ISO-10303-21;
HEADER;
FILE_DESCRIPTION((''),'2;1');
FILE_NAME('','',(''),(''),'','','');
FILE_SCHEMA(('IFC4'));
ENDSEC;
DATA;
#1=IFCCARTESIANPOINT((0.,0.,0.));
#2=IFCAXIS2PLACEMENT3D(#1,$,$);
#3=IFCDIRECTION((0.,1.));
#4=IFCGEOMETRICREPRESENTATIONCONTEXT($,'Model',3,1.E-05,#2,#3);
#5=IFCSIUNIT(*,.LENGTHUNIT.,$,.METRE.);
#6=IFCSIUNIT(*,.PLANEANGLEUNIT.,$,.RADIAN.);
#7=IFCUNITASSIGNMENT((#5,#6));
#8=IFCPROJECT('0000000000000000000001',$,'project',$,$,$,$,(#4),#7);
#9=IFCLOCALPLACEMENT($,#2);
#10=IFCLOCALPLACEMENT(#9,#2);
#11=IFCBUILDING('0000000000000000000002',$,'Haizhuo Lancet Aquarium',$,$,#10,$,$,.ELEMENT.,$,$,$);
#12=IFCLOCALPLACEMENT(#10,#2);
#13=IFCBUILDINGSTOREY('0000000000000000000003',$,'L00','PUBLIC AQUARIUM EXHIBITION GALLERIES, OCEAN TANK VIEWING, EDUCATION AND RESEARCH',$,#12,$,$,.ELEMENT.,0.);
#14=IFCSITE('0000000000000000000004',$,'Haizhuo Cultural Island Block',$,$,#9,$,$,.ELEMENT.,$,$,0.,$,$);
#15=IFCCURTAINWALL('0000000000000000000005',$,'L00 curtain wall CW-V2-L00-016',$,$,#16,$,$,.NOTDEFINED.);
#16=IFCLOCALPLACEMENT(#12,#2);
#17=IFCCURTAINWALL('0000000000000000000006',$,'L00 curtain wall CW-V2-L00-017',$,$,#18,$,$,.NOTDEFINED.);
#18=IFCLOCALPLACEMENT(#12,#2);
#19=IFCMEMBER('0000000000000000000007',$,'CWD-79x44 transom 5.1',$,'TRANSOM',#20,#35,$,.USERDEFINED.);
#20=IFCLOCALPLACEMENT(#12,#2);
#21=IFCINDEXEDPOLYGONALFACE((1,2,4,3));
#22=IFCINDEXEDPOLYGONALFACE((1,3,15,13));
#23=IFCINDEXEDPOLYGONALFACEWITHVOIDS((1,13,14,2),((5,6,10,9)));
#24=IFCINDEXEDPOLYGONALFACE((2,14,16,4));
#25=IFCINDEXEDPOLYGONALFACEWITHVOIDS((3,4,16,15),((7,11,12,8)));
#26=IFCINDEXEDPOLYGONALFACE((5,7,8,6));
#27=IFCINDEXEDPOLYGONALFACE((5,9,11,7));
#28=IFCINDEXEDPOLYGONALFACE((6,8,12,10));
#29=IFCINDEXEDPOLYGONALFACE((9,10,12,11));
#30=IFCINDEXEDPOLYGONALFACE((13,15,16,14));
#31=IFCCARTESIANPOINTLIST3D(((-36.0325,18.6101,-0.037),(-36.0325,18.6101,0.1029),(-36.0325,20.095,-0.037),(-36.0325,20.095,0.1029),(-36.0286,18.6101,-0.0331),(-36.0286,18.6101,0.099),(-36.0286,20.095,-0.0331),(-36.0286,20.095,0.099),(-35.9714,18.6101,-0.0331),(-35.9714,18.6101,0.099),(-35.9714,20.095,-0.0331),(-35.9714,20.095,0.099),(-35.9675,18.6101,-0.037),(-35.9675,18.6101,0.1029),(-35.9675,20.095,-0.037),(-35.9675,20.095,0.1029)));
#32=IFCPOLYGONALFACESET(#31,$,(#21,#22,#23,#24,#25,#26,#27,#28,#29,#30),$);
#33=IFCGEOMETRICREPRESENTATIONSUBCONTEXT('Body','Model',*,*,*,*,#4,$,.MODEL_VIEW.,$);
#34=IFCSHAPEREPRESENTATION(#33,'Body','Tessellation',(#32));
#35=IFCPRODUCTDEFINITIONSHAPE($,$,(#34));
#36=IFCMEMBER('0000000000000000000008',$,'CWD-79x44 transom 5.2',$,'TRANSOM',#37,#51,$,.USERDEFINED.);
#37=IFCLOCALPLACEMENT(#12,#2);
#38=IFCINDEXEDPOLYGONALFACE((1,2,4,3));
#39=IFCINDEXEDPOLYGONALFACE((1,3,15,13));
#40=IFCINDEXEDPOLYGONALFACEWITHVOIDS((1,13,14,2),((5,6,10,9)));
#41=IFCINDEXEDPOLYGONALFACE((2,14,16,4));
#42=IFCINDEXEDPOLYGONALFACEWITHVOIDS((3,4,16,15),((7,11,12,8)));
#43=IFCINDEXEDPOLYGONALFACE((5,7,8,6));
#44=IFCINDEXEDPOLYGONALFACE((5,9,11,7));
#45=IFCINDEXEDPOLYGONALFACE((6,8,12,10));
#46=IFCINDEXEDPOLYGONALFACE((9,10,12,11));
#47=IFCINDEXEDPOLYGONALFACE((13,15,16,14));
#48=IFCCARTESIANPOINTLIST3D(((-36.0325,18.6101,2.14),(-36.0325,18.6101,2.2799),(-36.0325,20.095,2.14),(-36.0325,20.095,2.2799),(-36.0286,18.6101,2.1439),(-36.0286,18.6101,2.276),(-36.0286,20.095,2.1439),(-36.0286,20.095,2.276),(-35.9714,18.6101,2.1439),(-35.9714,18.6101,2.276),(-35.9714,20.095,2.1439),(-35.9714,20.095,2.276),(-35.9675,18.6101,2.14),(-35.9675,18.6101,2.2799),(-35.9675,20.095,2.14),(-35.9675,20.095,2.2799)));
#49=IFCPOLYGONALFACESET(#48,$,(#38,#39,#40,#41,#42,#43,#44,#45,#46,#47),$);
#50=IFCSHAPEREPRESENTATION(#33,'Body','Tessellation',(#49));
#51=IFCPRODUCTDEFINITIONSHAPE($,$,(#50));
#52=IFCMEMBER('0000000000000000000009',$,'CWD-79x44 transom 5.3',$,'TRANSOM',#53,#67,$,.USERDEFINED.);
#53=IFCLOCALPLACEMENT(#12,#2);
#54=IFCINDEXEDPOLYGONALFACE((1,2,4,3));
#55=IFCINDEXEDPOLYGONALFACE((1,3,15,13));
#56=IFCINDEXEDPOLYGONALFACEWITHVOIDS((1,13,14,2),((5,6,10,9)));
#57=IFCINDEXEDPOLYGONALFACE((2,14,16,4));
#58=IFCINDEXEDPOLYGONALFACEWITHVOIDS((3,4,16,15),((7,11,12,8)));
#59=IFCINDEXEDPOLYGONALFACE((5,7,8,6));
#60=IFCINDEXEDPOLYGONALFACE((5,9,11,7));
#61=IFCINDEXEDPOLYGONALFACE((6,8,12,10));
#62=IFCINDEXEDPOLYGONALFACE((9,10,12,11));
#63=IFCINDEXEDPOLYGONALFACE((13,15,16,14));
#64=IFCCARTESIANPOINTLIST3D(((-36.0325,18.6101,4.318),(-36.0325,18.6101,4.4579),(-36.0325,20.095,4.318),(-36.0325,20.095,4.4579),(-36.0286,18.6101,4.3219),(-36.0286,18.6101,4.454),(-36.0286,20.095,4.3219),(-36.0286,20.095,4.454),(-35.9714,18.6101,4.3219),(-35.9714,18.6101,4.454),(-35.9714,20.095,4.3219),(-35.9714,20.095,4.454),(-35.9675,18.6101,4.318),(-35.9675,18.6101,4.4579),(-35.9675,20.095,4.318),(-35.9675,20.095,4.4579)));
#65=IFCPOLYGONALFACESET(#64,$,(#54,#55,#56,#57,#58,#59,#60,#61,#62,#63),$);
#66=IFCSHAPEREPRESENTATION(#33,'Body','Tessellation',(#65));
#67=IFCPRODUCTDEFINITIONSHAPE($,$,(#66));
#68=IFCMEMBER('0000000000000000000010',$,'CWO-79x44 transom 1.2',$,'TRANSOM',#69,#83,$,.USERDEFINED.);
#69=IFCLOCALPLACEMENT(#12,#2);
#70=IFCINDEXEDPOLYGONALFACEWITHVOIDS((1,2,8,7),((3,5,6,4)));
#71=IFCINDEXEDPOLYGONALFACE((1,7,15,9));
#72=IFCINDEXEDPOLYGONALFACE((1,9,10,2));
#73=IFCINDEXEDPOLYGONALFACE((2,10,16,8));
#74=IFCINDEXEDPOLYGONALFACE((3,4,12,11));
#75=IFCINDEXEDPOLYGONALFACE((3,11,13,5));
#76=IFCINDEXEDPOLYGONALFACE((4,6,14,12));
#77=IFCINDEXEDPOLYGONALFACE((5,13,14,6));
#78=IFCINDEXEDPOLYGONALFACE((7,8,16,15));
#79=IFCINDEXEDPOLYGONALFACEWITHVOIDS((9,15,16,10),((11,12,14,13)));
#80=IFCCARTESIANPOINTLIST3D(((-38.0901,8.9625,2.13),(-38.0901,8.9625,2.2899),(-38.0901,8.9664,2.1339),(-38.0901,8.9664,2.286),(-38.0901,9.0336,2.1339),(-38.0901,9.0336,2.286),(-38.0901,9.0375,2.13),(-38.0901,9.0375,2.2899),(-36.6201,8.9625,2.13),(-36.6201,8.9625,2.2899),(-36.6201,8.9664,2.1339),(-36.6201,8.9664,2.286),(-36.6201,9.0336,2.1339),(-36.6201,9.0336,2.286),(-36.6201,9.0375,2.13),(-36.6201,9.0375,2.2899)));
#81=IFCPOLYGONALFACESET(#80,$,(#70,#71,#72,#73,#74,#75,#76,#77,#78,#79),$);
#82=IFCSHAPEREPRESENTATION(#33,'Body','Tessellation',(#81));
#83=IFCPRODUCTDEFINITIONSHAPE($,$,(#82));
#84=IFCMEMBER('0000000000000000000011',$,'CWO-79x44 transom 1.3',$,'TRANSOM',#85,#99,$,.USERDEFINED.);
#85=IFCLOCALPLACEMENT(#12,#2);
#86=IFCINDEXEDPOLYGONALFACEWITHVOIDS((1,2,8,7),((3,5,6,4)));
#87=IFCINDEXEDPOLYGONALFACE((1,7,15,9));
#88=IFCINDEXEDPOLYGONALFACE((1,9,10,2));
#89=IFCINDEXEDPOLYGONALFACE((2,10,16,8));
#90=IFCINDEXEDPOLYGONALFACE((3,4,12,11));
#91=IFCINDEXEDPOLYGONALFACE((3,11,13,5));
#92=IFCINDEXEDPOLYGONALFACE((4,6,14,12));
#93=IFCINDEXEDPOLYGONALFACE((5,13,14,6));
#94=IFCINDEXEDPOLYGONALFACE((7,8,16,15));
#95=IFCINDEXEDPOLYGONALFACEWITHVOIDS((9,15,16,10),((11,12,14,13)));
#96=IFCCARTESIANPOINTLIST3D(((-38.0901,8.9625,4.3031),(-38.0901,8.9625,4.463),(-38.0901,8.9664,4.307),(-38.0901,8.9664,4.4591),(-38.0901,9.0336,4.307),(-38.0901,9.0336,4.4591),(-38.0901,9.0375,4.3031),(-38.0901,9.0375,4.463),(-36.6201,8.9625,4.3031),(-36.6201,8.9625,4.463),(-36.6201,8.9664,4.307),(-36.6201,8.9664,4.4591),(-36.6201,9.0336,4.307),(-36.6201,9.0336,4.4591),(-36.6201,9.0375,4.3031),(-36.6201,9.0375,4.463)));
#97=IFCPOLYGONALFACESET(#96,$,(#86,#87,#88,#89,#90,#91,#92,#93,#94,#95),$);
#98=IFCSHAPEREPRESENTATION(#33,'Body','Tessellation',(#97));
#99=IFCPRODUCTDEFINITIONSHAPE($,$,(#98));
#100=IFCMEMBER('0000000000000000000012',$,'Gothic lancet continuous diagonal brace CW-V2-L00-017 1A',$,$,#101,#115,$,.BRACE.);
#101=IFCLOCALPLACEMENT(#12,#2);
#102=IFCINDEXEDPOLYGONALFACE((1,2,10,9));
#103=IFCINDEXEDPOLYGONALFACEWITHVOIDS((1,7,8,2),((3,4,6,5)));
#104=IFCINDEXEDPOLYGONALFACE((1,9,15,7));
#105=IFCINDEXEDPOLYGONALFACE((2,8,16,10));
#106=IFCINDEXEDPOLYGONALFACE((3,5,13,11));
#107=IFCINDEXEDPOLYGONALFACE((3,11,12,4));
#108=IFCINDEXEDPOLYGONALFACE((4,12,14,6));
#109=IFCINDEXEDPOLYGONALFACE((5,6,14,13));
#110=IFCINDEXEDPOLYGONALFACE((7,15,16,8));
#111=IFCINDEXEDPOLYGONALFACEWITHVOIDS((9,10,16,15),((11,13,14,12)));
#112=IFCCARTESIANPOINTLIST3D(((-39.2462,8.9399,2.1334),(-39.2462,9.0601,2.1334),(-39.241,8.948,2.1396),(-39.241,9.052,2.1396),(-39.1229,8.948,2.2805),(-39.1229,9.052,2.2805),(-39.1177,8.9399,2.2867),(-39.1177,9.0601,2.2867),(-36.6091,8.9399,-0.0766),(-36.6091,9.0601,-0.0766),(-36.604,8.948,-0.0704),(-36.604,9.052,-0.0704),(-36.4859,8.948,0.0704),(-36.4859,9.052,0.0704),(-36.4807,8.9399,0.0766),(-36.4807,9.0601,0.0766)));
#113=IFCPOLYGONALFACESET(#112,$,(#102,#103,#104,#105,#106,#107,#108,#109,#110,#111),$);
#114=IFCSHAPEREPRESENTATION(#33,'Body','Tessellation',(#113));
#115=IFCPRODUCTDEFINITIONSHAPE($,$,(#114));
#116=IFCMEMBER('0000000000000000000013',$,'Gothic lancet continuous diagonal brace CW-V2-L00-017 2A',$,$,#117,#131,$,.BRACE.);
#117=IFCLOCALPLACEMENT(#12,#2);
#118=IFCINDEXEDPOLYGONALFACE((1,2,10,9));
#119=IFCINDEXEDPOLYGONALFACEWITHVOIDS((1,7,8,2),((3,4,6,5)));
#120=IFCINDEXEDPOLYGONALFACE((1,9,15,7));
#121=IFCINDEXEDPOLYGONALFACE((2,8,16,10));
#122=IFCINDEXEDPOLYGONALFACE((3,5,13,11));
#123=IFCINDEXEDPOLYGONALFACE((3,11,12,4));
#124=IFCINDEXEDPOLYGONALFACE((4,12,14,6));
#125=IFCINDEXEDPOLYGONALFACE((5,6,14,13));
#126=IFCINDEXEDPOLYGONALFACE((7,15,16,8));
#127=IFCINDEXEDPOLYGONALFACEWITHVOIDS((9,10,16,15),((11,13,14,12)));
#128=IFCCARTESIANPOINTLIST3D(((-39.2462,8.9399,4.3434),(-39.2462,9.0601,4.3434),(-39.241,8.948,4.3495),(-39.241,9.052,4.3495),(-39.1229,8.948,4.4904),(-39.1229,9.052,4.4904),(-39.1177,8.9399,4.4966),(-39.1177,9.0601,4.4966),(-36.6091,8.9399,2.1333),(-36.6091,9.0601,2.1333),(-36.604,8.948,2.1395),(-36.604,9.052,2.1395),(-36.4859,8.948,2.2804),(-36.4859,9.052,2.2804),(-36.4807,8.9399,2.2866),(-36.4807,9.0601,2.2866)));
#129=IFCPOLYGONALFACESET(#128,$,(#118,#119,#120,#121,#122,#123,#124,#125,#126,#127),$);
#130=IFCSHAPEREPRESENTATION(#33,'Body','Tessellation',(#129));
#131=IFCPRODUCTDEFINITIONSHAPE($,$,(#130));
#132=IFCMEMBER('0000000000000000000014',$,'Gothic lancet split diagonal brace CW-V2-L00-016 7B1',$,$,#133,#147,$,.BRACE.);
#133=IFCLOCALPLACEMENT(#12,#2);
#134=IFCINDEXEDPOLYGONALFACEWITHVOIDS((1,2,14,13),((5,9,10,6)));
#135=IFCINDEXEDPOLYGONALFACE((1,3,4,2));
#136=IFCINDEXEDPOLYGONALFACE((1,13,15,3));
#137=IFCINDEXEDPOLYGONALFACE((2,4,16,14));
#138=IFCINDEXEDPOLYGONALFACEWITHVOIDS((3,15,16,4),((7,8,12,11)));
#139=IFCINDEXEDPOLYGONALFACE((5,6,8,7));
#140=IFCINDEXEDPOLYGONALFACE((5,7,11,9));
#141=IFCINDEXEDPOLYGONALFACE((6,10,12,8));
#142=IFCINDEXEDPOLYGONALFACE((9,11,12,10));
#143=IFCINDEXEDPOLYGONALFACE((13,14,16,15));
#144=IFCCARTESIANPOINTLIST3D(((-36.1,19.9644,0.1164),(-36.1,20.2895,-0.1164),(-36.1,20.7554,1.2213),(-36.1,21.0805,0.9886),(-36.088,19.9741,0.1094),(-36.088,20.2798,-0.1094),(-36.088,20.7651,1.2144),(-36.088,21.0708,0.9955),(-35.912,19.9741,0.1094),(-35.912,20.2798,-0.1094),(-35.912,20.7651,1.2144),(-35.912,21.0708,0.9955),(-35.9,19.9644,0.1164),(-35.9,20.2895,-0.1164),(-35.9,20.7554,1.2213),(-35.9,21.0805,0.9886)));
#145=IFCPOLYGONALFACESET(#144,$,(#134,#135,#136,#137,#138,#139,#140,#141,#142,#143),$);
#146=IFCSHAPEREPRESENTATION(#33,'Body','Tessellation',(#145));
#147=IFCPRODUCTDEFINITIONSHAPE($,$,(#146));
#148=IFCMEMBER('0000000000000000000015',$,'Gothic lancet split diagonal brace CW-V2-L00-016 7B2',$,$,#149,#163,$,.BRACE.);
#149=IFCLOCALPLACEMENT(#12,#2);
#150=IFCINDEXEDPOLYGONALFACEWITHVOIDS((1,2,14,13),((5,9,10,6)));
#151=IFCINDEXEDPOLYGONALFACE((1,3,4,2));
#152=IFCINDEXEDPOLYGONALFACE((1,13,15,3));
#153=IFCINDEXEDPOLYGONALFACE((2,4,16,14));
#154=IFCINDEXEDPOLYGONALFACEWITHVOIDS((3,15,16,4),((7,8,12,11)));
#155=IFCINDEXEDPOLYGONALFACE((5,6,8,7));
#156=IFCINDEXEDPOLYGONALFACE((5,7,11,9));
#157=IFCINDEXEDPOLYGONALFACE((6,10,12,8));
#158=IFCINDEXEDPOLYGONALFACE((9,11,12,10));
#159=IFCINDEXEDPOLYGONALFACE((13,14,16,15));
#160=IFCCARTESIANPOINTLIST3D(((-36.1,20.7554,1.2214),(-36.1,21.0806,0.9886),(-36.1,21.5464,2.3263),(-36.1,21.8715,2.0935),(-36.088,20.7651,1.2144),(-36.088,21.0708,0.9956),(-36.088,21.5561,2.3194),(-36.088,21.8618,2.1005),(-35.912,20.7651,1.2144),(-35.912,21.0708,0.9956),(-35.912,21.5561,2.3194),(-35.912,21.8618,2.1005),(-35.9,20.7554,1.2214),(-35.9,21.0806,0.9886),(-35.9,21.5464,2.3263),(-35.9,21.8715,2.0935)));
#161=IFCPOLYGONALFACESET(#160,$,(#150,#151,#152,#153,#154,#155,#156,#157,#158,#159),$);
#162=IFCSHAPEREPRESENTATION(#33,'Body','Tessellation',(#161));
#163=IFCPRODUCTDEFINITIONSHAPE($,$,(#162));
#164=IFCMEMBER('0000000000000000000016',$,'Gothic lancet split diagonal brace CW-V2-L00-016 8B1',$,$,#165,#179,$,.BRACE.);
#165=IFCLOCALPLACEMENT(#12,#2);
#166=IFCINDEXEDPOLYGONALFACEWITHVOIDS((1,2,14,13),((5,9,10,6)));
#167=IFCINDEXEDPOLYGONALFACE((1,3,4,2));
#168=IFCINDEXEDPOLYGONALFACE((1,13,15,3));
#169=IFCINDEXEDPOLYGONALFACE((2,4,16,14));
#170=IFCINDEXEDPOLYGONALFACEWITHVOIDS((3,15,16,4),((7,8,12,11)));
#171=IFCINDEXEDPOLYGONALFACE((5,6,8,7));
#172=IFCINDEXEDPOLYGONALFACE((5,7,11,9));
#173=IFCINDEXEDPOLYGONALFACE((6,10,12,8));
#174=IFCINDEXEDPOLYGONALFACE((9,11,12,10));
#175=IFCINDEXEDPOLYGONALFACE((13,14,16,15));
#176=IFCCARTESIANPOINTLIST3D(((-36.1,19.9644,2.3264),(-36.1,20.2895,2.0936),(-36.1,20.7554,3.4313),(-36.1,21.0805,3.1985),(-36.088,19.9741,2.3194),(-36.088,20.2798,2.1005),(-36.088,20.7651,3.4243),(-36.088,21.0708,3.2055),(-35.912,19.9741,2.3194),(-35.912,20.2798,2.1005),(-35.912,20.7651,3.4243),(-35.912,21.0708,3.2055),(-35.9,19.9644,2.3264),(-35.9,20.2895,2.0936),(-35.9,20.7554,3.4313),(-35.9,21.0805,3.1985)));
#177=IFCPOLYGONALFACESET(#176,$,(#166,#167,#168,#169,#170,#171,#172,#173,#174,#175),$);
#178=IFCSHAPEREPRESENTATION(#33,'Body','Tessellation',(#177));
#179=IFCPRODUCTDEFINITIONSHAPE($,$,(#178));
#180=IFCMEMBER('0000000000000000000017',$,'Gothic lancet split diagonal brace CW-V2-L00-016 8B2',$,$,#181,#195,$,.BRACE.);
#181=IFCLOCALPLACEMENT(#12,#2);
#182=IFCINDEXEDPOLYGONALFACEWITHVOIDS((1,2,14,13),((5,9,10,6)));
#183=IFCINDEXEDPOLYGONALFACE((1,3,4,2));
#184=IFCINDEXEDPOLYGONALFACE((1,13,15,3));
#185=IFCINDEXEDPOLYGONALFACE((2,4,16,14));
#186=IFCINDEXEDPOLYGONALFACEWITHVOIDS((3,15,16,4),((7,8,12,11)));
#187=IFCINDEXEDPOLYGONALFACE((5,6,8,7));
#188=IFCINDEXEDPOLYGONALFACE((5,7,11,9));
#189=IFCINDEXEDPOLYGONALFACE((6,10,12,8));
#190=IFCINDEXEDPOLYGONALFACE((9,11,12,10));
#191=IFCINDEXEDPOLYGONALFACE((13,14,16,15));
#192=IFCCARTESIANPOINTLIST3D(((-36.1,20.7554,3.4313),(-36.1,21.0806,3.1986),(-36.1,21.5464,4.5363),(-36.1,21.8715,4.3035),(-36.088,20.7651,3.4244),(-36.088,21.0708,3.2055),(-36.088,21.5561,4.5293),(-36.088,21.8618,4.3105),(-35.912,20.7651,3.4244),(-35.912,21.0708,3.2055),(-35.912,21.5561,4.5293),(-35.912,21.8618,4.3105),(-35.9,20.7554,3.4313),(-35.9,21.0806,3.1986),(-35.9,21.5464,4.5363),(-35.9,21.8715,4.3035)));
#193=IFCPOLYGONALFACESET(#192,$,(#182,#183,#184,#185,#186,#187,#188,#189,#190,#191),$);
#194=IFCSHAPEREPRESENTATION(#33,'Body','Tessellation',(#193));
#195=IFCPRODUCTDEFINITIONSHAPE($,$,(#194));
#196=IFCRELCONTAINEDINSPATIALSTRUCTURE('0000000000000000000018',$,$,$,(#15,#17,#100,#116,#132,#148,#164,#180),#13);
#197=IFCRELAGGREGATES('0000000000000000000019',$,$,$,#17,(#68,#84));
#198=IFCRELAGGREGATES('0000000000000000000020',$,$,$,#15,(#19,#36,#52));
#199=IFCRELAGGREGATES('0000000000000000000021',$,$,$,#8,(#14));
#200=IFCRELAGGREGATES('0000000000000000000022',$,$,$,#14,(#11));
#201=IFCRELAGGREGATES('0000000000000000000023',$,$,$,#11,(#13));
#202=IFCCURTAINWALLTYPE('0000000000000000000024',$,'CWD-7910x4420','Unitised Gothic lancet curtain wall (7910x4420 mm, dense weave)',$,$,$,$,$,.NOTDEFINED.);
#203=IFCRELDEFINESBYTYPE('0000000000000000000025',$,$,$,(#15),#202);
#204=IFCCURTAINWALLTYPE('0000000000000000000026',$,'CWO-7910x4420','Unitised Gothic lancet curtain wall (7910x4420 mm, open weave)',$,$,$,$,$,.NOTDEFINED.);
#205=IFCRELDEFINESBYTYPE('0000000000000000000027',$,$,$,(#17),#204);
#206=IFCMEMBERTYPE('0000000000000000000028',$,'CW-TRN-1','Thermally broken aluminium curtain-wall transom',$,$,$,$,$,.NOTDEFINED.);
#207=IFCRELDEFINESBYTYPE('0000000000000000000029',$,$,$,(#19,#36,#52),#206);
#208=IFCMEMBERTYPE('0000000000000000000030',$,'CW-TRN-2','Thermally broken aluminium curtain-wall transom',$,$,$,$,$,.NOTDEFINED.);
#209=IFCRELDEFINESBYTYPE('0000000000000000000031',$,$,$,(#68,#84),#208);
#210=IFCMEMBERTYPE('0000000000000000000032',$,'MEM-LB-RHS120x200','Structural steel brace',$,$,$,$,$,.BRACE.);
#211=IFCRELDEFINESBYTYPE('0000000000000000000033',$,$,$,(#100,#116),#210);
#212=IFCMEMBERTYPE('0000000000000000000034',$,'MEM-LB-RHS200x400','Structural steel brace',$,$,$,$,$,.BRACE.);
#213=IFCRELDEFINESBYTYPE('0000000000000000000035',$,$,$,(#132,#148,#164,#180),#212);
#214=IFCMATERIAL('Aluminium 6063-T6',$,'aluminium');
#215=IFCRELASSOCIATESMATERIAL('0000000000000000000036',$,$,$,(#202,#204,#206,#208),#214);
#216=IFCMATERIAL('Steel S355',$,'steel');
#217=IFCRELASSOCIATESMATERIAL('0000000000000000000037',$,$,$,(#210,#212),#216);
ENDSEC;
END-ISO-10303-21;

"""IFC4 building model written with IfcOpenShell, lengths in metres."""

from ifc_helpers import new_model, si_unit, direction, frame, origin, origin_2d, place, context, subcontext, project, spatial, hollow_rectangle, extrude, material, material_profile, profile_set, type_object, element, aggregate, save


model = new_model("IFC4")

# Units and contexts
model_context = context("Model", 3, precision=1e-05, world=origin(), true_north=direction((0.0, 1.0)))
body_context = subcontext(model_context, "Body", "Model", "MODEL_VIEW")
ifc_project = project(units=[si_unit("LENGTHUNIT", "METRE"), si_unit("PLANEANGLEUNIT", "RADIAN")], contexts=[model_context])

# Site, building, storey
site_placement = place(None, origin())
site = spatial("IfcSite", under=ifc_project, at=site_placement, Name="Haizhuo Cultural Island Block", CompositionType="ELEMENT", RefElevation=0.0)
building_placement = place(site_placement, origin())
building = spatial("IfcBuilding", under=site, at=building_placement, Name="Haizhuo Lancet Aquarium", CompositionType="ELEMENT")
storey_placement = place(building_placement, origin())
storey = spatial("IfcBuildingStorey", under=building, at=storey_placement, Name="L00", Description="PUBLIC AQUARIUM EXHIBITION GALLERIES, OCEAN TANK VIEWING, EDUCATION AND RESEARCH", CompositionType="ELEMENT", Elevation=0.0)

# Shared definitions
ifc_material_1 = material(Name="Steel S355", Category="steel")

# Curtain wall
ifc_material_2 = material(Name="Aluminium 6063-T6", Category="aluminium")
curtain_wall_type_1 = type_object("IfcCurtainWallType", Name="CWD-7910x4420", Description="Unitised Gothic lancet curtain wall (7910x4420 mm, dense weave)", PredefinedType="NOTDEFINED", material=ifc_material_2)
curtain_wall_1_placement = place(storey_placement, origin())
curtain_wall_1 = element("IfcCurtainWall", 1, at=curtain_wall_1_placement, inside=storey, type_object=curtain_wall_type_1, Name="L00 curtain wall CW-V2-L00-016", PredefinedType="NOTDEFINED")

# Curtain wall
curtain_wall_type_2 = type_object("IfcCurtainWallType", Name="CWO-7910x4420", Description="Unitised Gothic lancet curtain wall (7910x4420 mm, open weave)", PredefinedType="NOTDEFINED", material=ifc_material_2)
curtain_wall_2_placement = place(storey_placement, origin())
curtain_wall_2 = element("IfcCurtainWall", 2, at=curtain_wall_2_placement, inside=storey, type_object=curtain_wall_type_2, Name="L00 curtain wall CW-V2-L00-017", PredefinedType="NOTDEFINED")

# Members
ifc_material_profile_1 = material_profile(ifc_material_2, hollow_rectangle(XDim=0.0649, YDim=0.1399, WallThickness=0.0039, at=origin_2d()), Name="ALU-T 65x140x4")
ifc_profile_set_1 = profile_set([ifc_material_profile_1], Name="Aluminium 6063-T6")
member_type_1 = type_object("IfcMemberType", Name="CW-TRN-1", Description="Thermally broken aluminium curtain-wall transom", PredefinedType="NOTDEFINED", material=ifc_profile_set_1)
member_1_placement = place(storey_placement, frame((-36.0, 20.095, 0.033), z_axis=(0.0, -1.0, 0.0), x_axis=(1.0, 0.0, 0.0)))
member_1 = element("IfcMember", 3, at=member_1_placement, type_object=member_type_1, Name="CWD-79x44 transom 5.1", ObjectType="TRANSOM", PredefinedType="USERDEFINED", context=body_context, shape_type="SweptSolid", body=[
    extrude(hollow_rectangle(XDim=0.0649, YDim=0.1399, WallThickness=0.0039, at=origin_2d()), origin(), (0.0, 0.0, 1.0), 1.4849),
])
member_2_placement = place(storey_placement, frame((-36.0, 20.095, 2.21), z_axis=(0.0, -1.0, 0.0), x_axis=(1.0, 0.0, 0.0)))
member_2 = element("IfcMember", 4, at=member_2_placement, type_object=member_type_1, Name="CWD-79x44 transom 5.2", ObjectType="TRANSOM", PredefinedType="USERDEFINED", context=body_context, shape_type="SweptSolid", body=[
    extrude(hollow_rectangle(XDim=0.0649, YDim=0.1399, WallThickness=0.0039, at=origin_2d()), origin(), (0.0, 0.0, 1.0), 1.4849),
])
member_3_placement = place(storey_placement, frame((-36.0, 20.095, 4.3879), z_axis=(0.0, -1.0, 0.0), x_axis=(1.0, 0.0, 0.0)))
member_3 = element("IfcMember", 5, at=member_3_placement, type_object=member_type_1, Name="CWD-79x44 transom 5.3", ObjectType="TRANSOM", PredefinedType="USERDEFINED", context=body_context, shape_type="SweptSolid", body=[
    extrude(hollow_rectangle(XDim=0.0649, YDim=0.1399, WallThickness=0.0039, at=origin_2d()), origin(), (0.0, 0.0, 1.0), 1.4849),
])
ifc_material_profile_2 = material_profile(ifc_material_2, hollow_rectangle(XDim=0.075, YDim=0.1599, WallThickness=0.0039, at=origin_2d()), Name="ALU-T 75x160x4")
ifc_profile_set_2 = profile_set([ifc_material_profile_2], Name="Aluminium 6063-T6")
member_type_2 = type_object("IfcMemberType", Name="CW-TRN-2", Description="Thermally broken aluminium curtain-wall transom", PredefinedType="NOTDEFINED", material=ifc_profile_set_2)
member_4_placement = place(storey_placement, frame((-36.6201, 9.0, 2.21), z_axis=(-1.0, 0.0, 0.0), x_axis=(0.0, -1.0, 0.0)))
member_4 = element("IfcMember", 6, at=member_4_placement, type_object=member_type_2, Name="CWO-79x44 transom 1.2", ObjectType="TRANSOM", PredefinedType="USERDEFINED", context=body_context, shape_type="SweptSolid", body=[
    extrude(hollow_rectangle(XDim=0.075, YDim=0.1599, WallThickness=0.0039, at=origin_2d()), origin(), (0.0, 0.0, 1.0), 1.47),
])
member_5_placement = place(storey_placement, frame((-36.6201, 9.0, 4.3831), z_axis=(-1.0, 0.0, 0.0), x_axis=(0.0, -1.0, 0.0)))
member_5 = element("IfcMember", 7, at=member_5_placement, type_object=member_type_2, Name="CWO-79x44 transom 1.3", ObjectType="TRANSOM", PredefinedType="USERDEFINED", context=body_context, shape_type="SweptSolid", body=[
    extrude(hollow_rectangle(XDim=0.075, YDim=0.1599, WallThickness=0.0039, at=origin_2d()), origin(), (0.0, 0.0, 1.0), 1.47),
])
aggregate(curtain_wall_2, [member_4, member_5])

# Members
ifc_material_profile_3 = material_profile(ifc_material_1, hollow_rectangle(XDim=0.1201, YDim=0.2, WallThickness=0.0081, at=origin_2d()), Name="RHS 120x200x8")
ifc_profile_set_3 = profile_set([ifc_material_profile_3], Name="Steel S355")
member_type_3 = type_object("IfcMemberType", Name="MEM-LB-RHS120x200", Description="Structural steel brace", PredefinedType="BRACE", material=ifc_profile_set_3)
for number, where, z_axis, x_axis, name in (
    (8, (-36.5449, 9.0, 0.0), (-0.766433, 0.0, 0.642325), (0.0, -1.0, 0.0), "Gothic lancet continuous diagonal brace CW-V2-L00-017 1A"),
    (9, (-36.5449, 9.0, 2.21), (-0.766433, 0.0, 0.642325), (0.0, -1.0, 0.0), "Gothic lancet continuous diagonal brace CW-V2-L00-017 2A"),
):
    element("IfcMember", number, at=place(storey_placement, frame(where, z_axis=z_axis, x_axis=x_axis)), inside=storey, type_object=member_type_3, Name=name, PredefinedType="BRACE", context=body_context, shape_type="SweptSolid", body=[
        extrude(hollow_rectangle(XDim=0.1201, YDim=0.2, WallThickness=0.0081, at=origin_2d()), origin(), (0.0, 0.0, 1.0), 3.4407),
    ])
ifc_material_profile_4 = material_profile(ifc_material_1, hollow_rectangle(XDim=0.2, YDim=0.3999, WallThickness=0.012, at=origin_2d()), Name="RHS 200x400x12")
ifc_profile_set_4 = profile_set([ifc_material_profile_4], Name="Steel S355")
member_type_4 = type_object("IfcMemberType", Name="MEM-LB-RHS200x400", Description="Structural steel brace", PredefinedType="BRACE", material=ifc_profile_set_4)
for number, where, z_axis, x_axis, name in (
    (10, (-36.0, 20.127, 0.0), (0.0, 0.582088, 0.813126), (-1.0, 0.0, 0.0), "Gothic lancet split diagonal brace CW-V2-L00-016 7B1"),
    (11, (-36.0, 20.918, 1.105), (0.0, 0.582088, 0.813126), (-1.0, 0.0, 0.0), "Gothic lancet split diagonal brace CW-V2-L00-016 7B2"),
    (12, (-36.0, 20.127, 2.21), (0.0, 0.582088, 0.813126), (-1.0, 0.0, 0.0), "Gothic lancet split diagonal brace CW-V2-L00-016 8B1"),
    (13, (-36.0, 20.918, 3.3149), (0.0, 0.582088, 0.813126), (-1.0, 0.0, 0.0), "Gothic lancet split diagonal brace CW-V2-L00-016 8B2"),
):
    element("IfcMember", number, at=place(storey_placement, frame(where, z_axis=z_axis, x_axis=x_axis)), inside=storey, type_object=member_type_4, Name=name, PredefinedType="BRACE", context=body_context, shape_type="SweptSolid", body=[
        extrude(hollow_rectangle(XDim=0.2, YDim=0.3999, WallThickness=0.012, at=origin_2d()), origin(), (0.0, 0.0, 1.0), 1.3589),
    ])

aggregate(curtain_wall_1, [member_1, member_2, member_3])

save(model, "model.ifc")
